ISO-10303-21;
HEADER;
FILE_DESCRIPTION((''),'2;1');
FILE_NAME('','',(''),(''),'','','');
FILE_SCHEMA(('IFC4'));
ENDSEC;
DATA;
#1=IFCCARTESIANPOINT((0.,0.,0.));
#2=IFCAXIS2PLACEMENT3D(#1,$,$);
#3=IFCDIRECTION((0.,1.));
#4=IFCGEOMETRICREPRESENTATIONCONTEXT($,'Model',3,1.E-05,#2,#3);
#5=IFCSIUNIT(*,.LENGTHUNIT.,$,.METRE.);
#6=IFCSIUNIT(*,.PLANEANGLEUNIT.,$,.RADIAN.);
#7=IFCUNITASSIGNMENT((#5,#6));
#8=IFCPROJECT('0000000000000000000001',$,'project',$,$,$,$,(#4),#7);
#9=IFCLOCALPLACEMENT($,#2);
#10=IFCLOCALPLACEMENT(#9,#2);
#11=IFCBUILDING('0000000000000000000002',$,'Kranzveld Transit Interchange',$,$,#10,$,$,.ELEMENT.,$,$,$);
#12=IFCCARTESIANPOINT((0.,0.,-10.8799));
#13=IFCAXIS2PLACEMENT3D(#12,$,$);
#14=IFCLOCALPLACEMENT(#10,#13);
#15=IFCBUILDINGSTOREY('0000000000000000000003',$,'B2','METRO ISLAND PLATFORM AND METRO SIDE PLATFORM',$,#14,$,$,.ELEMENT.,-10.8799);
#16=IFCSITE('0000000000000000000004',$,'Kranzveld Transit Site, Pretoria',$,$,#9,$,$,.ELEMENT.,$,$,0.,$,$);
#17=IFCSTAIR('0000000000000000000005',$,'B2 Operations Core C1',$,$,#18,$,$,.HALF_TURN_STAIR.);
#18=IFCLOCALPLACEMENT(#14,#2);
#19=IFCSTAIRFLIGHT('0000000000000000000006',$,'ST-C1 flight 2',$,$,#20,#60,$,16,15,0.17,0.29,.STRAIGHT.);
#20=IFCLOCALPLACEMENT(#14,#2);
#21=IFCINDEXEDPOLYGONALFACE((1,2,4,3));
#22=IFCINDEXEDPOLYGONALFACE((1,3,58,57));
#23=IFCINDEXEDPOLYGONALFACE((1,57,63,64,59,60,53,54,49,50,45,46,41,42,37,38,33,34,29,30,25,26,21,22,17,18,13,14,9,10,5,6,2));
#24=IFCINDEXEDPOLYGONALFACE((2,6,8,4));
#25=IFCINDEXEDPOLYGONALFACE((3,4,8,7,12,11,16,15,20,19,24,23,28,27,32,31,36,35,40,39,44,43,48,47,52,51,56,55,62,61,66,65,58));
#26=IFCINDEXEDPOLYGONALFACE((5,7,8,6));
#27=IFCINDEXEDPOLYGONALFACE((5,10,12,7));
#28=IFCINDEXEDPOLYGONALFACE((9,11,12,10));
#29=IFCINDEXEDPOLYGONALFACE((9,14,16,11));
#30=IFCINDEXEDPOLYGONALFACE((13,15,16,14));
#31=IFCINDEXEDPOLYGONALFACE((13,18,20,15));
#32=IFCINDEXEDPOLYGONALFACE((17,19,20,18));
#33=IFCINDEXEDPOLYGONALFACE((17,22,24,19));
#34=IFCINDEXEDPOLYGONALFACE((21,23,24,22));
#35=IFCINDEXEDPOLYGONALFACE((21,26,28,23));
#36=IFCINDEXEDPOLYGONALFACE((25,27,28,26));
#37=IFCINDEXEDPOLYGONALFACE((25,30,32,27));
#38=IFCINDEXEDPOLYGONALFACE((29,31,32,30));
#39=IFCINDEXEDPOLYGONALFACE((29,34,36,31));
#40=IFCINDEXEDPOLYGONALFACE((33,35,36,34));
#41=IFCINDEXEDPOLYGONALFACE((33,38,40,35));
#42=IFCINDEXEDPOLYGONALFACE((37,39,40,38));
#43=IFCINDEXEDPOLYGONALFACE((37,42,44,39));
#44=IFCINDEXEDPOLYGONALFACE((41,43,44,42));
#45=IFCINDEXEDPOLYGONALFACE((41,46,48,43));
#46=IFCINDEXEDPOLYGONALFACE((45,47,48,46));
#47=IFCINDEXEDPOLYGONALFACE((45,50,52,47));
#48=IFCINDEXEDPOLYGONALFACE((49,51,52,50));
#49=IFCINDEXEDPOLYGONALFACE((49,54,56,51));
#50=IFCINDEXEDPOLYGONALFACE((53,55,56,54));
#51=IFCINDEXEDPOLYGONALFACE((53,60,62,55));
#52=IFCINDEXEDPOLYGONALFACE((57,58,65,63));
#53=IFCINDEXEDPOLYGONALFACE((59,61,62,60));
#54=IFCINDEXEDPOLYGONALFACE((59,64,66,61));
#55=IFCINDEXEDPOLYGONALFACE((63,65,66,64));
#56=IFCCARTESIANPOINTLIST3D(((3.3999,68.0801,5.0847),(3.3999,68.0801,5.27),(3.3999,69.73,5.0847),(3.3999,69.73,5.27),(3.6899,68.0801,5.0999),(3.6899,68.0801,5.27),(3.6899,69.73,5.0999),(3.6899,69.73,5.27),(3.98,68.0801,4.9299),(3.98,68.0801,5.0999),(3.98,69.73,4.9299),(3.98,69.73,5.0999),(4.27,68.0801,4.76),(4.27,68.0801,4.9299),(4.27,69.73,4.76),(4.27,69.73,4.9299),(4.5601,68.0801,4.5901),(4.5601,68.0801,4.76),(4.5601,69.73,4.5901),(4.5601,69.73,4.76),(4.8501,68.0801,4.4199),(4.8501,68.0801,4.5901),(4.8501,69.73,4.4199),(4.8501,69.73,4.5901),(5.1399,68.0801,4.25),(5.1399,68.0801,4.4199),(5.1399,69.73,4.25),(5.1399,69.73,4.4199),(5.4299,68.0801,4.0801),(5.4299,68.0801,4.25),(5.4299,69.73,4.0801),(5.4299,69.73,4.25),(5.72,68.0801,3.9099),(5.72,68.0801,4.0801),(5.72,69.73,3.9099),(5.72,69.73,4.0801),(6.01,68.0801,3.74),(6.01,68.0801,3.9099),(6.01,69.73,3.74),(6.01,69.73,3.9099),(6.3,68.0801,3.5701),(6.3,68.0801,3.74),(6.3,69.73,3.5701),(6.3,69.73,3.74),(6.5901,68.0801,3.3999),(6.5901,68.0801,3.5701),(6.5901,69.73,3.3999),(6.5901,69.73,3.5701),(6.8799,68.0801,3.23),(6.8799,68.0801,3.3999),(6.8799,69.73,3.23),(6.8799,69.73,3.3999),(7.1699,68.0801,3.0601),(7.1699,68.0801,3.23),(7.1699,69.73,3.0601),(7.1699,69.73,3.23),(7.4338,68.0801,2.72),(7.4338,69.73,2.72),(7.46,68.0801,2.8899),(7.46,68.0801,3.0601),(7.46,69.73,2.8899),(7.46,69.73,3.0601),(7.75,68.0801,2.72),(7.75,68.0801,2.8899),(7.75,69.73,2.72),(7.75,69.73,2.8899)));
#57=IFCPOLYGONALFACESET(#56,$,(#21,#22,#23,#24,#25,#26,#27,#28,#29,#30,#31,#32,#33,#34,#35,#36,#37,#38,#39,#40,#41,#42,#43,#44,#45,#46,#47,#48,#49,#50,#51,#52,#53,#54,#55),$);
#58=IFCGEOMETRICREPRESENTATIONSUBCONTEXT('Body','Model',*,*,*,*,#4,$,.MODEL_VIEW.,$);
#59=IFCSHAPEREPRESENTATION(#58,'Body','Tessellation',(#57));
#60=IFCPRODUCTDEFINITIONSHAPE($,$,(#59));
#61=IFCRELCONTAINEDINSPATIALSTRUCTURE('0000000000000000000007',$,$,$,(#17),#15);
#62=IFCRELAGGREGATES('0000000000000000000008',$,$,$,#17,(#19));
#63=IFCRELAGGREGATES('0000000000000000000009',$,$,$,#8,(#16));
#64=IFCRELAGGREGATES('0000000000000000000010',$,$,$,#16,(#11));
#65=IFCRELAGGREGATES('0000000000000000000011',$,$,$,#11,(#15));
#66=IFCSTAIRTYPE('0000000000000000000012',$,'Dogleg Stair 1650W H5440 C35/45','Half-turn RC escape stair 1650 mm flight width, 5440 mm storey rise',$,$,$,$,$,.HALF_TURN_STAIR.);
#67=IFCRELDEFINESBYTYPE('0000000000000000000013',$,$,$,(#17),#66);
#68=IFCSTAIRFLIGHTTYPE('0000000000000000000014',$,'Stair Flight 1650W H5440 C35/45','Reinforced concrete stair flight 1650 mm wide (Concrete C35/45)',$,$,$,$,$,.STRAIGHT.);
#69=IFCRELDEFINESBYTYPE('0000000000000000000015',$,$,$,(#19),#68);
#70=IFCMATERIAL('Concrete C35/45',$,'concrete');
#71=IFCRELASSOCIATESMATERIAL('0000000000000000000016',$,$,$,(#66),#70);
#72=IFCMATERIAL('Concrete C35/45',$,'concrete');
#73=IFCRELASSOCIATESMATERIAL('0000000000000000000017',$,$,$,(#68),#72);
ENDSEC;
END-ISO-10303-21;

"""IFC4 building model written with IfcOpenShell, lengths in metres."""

from ifc_helpers import new_model, si_unit, direction, frame, origin, place, context, subcontext, project, spatial, polyline, outline, extrude, material, type_object, element, aggregate, save


model = new_model("IFC4")

# Units and contexts
model_context = context("Model", 3, precision=1e-05, world=origin(), true_north=direction((0.0, 1.0)))
body_context = subcontext(model_context, "Body", "Model", "MODEL_VIEW")
ifc_project = project(units=[si_unit("LENGTHUNIT", "METRE"), si_unit("PLANEANGLEUNIT", "RADIAN")], contexts=[model_context])

# Site, building, storey
site_placement = place(None, origin())
site = spatial("IfcSite", under=ifc_project, at=site_placement, Name="Kranzveld Transit Site, Pretoria", CompositionType="ELEMENT", RefElevation=0.0)
building_placement = place(site_placement, origin())
building = spatial("IfcBuilding", under=site, at=building_placement, Name="Kranzveld Transit Interchange", CompositionType="ELEMENT")
storey_placement = place(building_placement, frame((0.0, 0.0, -10.8799)))
storey = spatial("IfcBuildingStorey", under=building, at=storey_placement, Name="B2", Description="METRO ISLAND PLATFORM AND METRO SIDE PLATFORM", CompositionType="ELEMENT", Elevation=-10.8799)

# Stair, stair flight
ifc_material_1 = material(Name="Concrete C35/45", Category="concrete")
stair_type = type_object("IfcStairType", Name="Dogleg Stair 1650W H5440 C35/45", Description="Half-turn RC escape stair 1650 mm flight width, 5440 mm storey rise", PredefinedType="HALF_TURN_STAIR", material=ifc_material_1)
stair_placement = place(storey_placement, origin())
stair = element("IfcStair", 1, at=stair_placement, inside=storey, type_object=stair_type, Name="B2 Operations Core C1", PredefinedType="HALF_TURN_STAIR")
ifc_material_2 = material(Name="Concrete C35/45", Category="concrete")
stair_flight_type = type_object("IfcStairFlightType", Name="Stair Flight 1650W H5440 C35/45", Description="Reinforced concrete stair flight 1650 mm wide (Concrete C35/45)", PredefinedType="STRAIGHT", material=ifc_material_2)
stair_flight_placement = place(storey_placement, frame((7.75, 68.905, 2.72), z_axis=(0.0, 0.0, 1.0), x_axis=(-1.0, 0.0, 0.0)))
stair_flight = element("IfcStairFlight", 2, at=stair_flight_placement, type_object=stair_flight_type, Name="ST-C1 flight 2", NumberOfRisers=16, NumberOfTreads=15, PredefinedType="STRAIGHT", RiserHeight=0.17, TreadLength=0.29, context=body_context, shape_type="SweptSolid", body=[
    extrude(outline(polyline([(0.0, 0.0), (0.0, 0.1699), (0.29, 0.1699), (0.29, 0.3401), (0.5801, 0.3401), (0.5801, 0.51), (0.8701, 0.51), (0.8701, 0.6799), (1.1599, 0.6799), (1.1599, 0.8501), (1.45, 0.8501), (1.45, 1.02), (1.74, 1.02), (1.74, 1.1899), (2.03, 1.1899), (2.03, 1.3601), (2.3201, 1.3601), (2.3201, 1.53), (2.6101, 1.53), (2.6101, 1.7), (2.8999, 1.7), (2.8999, 1.8701), (3.1899, 1.8701), (3.1899, 2.04), (3.48, 2.04), (3.48, 2.21), (3.77, 2.21), (3.77, 2.3799), (4.0601, 2.3799), (4.0601, 2.55), (4.3501, 2.55), (4.3501, 2.72), (4.3501, 2.3647), (0.3162, 0.0), (0.0, 0.0)])), frame((0.0, 0.825, 0.0), z_axis=(0.0, -1.0, 0.0), x_axis=(1.0, 0.0, 0.0)), (0.0, 0.0, 1.0), 1.6499),
])
aggregate(stair, [stair_flight])

save(model, "model.ifc")
